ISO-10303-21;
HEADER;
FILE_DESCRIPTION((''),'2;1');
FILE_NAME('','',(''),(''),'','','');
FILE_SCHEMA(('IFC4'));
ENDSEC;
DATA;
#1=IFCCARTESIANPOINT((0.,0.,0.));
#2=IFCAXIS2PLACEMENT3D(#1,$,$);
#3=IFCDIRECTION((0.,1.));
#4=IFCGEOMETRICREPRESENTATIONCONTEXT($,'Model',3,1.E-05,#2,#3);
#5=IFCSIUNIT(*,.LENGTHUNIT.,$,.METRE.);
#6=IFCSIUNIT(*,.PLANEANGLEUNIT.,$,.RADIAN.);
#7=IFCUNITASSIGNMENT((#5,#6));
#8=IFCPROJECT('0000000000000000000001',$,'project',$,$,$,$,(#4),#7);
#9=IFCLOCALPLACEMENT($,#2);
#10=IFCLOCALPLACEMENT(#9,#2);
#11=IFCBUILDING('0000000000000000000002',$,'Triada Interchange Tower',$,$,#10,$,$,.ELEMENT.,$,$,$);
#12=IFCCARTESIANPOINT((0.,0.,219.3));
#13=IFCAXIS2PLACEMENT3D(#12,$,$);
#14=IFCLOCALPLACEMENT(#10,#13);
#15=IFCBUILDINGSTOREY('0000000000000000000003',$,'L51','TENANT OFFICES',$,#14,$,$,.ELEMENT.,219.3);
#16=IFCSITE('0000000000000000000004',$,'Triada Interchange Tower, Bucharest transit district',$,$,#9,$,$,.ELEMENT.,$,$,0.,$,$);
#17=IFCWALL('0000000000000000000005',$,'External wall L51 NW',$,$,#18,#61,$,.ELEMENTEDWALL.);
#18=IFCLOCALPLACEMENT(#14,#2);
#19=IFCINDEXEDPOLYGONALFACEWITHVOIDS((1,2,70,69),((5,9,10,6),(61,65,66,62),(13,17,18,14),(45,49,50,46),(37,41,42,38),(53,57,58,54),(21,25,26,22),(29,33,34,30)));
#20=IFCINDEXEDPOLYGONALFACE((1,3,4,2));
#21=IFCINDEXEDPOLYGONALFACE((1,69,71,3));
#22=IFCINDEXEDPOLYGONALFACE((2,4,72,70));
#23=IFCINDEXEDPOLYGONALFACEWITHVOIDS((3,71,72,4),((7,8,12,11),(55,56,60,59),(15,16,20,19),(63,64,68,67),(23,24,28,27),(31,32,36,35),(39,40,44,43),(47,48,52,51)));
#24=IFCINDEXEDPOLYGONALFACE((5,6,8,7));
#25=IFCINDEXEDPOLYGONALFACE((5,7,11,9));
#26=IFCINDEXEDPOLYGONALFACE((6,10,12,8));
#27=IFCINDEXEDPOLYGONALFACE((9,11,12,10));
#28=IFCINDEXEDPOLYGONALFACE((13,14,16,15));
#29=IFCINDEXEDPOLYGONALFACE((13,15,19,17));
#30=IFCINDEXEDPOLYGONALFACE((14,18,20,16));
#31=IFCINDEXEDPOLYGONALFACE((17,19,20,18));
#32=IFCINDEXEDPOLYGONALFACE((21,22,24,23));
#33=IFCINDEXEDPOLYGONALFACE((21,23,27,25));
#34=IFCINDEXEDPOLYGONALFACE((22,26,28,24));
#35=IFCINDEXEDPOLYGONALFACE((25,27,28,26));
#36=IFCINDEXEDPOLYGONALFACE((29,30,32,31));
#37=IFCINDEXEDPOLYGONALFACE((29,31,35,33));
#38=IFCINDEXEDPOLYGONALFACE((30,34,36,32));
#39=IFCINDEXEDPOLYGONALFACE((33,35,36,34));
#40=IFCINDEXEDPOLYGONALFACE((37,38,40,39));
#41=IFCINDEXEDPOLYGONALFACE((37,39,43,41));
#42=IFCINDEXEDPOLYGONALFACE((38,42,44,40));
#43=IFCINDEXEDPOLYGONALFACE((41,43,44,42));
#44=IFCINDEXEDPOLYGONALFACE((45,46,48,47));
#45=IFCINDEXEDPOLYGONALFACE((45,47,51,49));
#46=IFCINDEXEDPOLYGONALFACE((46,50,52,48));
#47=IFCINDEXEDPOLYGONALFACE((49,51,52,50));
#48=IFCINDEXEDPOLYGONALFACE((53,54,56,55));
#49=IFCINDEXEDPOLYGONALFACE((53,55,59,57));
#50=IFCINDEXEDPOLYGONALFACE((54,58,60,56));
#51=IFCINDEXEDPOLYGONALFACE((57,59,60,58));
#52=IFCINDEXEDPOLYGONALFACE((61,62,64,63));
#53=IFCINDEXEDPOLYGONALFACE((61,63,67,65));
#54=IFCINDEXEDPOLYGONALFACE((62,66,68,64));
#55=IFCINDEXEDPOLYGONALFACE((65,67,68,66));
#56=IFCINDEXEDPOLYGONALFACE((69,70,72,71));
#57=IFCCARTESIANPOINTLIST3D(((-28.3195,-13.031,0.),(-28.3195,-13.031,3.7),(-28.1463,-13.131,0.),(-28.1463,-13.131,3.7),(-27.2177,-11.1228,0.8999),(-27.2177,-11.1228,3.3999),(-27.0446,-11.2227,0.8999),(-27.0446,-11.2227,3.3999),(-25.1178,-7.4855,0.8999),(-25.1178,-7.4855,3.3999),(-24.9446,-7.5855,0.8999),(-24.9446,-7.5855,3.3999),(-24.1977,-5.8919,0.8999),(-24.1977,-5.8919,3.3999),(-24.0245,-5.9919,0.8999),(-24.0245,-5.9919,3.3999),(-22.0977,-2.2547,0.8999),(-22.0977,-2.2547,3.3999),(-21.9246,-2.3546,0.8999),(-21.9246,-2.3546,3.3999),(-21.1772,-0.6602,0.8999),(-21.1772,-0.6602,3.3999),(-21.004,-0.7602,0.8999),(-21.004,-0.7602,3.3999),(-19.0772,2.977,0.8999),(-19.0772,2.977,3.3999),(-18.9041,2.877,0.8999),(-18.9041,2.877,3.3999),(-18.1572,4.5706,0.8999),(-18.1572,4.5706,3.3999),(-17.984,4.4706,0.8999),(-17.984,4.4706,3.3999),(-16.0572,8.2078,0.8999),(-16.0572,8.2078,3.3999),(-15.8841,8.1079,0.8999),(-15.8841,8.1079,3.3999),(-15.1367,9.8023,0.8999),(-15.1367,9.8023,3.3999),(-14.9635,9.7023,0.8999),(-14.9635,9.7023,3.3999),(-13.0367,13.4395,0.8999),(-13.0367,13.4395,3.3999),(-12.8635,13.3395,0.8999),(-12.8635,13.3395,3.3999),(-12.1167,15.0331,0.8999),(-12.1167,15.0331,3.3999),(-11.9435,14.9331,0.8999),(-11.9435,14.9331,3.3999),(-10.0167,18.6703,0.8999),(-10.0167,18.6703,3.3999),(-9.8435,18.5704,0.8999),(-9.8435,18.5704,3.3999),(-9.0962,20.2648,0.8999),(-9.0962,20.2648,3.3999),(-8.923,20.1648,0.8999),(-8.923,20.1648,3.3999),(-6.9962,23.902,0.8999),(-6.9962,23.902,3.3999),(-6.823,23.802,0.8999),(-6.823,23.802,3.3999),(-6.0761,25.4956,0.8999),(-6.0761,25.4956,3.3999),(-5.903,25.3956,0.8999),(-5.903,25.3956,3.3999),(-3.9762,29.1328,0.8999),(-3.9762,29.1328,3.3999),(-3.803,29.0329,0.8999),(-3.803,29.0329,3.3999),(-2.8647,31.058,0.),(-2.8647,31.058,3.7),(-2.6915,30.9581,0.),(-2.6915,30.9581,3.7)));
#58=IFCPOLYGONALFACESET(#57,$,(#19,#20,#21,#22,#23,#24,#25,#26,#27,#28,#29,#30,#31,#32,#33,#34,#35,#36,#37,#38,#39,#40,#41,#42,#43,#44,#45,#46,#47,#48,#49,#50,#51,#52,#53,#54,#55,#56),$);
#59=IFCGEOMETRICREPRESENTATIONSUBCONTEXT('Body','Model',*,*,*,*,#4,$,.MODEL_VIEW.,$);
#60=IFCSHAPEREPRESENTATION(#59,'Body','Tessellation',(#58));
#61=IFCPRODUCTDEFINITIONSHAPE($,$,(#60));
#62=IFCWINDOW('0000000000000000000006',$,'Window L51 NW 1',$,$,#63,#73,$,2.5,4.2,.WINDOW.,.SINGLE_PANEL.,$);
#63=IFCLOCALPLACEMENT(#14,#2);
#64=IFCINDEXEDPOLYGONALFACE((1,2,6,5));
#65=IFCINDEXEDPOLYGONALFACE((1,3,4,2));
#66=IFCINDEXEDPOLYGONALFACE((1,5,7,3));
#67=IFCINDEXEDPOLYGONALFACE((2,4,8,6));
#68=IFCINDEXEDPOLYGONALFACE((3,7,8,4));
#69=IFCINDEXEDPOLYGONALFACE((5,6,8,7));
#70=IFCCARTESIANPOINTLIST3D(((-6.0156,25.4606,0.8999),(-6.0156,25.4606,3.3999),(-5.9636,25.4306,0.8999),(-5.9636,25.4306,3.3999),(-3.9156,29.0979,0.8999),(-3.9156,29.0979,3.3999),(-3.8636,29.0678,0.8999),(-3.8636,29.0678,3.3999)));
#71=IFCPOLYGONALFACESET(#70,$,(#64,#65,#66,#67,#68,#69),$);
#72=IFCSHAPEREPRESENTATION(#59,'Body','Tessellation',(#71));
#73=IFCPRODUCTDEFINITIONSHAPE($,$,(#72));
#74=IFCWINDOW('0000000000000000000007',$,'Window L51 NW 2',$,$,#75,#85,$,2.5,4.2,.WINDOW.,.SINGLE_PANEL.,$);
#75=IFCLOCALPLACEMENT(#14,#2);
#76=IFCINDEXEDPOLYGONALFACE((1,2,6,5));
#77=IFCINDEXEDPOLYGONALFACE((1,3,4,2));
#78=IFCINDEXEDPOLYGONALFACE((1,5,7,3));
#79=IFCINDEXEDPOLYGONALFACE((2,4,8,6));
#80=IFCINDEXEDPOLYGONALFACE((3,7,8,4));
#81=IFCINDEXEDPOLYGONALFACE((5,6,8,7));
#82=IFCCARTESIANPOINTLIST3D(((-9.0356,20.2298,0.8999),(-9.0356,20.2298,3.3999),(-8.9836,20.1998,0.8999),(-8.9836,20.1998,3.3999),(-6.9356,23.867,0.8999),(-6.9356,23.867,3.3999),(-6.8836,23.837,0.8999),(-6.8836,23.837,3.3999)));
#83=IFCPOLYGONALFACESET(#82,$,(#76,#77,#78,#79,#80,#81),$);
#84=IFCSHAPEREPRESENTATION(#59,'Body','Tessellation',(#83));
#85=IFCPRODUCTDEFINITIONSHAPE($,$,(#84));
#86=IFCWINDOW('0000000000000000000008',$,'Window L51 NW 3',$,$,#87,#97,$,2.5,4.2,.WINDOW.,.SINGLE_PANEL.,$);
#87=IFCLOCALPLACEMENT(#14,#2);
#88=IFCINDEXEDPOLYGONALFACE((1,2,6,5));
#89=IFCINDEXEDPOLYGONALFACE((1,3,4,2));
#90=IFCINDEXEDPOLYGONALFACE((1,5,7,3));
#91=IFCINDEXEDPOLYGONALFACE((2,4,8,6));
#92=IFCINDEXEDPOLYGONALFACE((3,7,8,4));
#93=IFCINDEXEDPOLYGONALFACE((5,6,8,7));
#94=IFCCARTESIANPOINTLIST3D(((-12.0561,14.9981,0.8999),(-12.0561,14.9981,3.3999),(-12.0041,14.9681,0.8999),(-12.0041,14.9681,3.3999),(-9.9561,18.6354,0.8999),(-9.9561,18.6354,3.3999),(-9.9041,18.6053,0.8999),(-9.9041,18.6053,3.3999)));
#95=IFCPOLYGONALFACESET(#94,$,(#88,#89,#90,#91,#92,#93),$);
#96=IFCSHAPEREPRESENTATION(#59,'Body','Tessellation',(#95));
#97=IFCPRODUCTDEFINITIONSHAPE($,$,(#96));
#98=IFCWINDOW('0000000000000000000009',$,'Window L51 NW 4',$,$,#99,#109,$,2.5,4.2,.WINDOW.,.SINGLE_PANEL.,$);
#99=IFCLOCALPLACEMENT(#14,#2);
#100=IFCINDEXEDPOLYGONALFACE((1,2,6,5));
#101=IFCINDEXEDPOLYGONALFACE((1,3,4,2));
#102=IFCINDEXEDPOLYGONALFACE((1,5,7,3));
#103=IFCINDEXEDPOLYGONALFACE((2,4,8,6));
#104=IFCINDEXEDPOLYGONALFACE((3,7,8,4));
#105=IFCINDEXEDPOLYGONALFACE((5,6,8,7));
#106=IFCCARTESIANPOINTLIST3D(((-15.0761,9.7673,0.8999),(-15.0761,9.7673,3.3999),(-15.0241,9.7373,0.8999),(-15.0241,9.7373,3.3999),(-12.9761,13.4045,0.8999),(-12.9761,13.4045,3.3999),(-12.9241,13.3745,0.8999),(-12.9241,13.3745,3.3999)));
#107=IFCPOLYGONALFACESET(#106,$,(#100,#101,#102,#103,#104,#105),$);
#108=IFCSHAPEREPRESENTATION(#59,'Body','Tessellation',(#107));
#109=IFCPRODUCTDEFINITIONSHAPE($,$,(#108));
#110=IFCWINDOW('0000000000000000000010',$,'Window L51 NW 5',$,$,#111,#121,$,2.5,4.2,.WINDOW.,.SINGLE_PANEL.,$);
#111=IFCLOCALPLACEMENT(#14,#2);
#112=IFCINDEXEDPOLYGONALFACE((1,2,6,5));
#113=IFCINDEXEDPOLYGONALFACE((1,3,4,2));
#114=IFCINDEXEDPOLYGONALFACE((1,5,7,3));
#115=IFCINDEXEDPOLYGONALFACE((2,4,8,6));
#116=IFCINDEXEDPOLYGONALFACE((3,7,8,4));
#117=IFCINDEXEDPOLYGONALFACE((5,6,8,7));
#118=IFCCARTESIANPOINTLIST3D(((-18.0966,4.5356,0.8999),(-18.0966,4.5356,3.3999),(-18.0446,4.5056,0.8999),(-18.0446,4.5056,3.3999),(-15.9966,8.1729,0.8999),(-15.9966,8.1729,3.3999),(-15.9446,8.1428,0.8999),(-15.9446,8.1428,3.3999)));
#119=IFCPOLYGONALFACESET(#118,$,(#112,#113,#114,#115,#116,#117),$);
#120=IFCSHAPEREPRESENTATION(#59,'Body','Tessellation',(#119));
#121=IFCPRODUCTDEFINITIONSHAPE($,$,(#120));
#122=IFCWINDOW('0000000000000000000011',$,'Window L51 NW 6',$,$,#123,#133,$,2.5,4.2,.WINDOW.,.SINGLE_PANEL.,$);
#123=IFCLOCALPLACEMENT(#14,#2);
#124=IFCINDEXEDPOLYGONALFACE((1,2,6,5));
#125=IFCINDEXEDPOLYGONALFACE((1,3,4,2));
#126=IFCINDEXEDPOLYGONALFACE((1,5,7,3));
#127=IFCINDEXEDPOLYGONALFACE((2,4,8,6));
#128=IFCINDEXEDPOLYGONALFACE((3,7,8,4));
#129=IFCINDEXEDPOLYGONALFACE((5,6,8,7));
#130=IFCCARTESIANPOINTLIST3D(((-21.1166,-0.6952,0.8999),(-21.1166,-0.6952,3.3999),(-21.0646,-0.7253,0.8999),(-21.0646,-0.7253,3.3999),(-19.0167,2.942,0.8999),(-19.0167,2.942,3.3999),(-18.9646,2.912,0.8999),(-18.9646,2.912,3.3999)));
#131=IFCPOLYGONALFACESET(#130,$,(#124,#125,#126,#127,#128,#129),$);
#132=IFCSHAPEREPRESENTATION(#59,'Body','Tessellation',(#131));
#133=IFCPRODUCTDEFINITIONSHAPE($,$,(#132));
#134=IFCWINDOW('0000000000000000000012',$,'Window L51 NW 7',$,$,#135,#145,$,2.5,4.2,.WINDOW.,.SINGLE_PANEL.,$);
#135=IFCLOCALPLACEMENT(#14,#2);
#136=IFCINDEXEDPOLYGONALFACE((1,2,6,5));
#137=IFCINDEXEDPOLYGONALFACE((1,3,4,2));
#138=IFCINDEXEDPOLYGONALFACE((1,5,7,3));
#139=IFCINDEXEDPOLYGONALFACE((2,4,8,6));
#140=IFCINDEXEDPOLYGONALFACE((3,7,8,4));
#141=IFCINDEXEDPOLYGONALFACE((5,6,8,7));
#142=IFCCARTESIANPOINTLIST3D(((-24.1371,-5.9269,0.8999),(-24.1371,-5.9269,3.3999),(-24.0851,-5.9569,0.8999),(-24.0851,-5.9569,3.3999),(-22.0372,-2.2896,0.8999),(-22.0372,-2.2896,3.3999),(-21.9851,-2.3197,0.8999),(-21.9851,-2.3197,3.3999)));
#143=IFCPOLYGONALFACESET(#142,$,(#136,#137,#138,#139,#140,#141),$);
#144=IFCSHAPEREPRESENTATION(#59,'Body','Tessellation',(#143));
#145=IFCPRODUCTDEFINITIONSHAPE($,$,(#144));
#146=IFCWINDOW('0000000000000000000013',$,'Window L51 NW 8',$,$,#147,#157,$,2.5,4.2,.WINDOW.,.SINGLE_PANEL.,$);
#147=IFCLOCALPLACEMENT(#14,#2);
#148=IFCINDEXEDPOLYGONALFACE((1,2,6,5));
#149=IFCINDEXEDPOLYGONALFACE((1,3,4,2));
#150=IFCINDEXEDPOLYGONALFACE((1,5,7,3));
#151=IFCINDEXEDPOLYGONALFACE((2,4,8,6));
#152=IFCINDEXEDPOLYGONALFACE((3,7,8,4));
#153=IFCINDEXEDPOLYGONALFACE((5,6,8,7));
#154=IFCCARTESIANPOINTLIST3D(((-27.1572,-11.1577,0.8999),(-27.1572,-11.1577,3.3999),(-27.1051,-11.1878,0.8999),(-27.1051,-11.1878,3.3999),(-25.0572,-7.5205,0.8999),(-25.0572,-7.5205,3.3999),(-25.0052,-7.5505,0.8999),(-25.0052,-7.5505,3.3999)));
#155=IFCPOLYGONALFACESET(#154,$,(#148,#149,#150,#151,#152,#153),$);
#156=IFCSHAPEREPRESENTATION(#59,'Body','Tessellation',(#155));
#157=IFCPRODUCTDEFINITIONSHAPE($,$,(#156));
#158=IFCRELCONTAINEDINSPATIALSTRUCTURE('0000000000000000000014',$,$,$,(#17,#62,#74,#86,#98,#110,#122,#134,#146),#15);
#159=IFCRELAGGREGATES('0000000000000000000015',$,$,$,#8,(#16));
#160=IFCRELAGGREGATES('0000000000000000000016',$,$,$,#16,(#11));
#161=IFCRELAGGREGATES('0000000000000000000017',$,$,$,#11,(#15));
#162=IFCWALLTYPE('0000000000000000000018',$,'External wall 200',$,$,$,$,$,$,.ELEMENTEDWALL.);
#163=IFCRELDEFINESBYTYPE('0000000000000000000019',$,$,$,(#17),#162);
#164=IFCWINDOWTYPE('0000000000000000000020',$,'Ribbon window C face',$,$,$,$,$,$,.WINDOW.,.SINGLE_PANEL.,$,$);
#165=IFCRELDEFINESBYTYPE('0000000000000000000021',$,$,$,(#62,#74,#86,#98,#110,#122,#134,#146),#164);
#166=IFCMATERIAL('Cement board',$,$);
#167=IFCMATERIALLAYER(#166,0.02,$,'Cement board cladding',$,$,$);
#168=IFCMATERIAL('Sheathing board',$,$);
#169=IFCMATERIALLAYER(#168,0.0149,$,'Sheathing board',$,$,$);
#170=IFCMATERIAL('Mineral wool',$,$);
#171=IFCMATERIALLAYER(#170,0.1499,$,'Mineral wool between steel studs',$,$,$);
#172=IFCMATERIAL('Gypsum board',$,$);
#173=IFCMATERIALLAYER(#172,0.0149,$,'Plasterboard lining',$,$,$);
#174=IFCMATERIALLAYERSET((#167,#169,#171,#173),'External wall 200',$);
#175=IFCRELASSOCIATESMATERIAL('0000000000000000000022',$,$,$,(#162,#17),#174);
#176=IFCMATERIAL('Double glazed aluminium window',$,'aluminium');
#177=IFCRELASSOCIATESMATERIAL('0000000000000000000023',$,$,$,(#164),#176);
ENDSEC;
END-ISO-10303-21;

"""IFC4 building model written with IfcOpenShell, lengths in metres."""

from ifc_helpers import new_model, si_unit, direction, frame, frame_2d, origin, place, context, subcontext, project, spatial, rectangle, extrude, material, layer, layer_set, layer_usage, type_object, element, fill, save


model = new_model("IFC4")

# Units and contexts
model_context = context("Model", 3, precision=1e-05, world=origin(), true_north=direction((0.0, 1.0)))
body_context = subcontext(model_context, "Body", "Model", "MODEL_VIEW")
ifc_project = project(units=[si_unit("LENGTHUNIT", "METRE"), si_unit("PLANEANGLEUNIT", "RADIAN")], contexts=[model_context])

# Site, building, storey
site_placement = place(None, origin())
site = spatial("IfcSite", under=ifc_project, at=site_placement, Name="Triada Interchange Tower, Bucharest transit district", CompositionType="ELEMENT", RefElevation=0.0)
building_placement = place(site_placement, origin())
building = spatial("IfcBuilding", under=site, at=building_placement, Name="Triada Interchange Tower", CompositionType="ELEMENT")
storey_placement = place(building_placement, frame((0.0, 0.0, 219.3)))
storey = spatial("IfcBuildingStorey", under=building, at=storey_placement, Name="L51", Description="TENANT OFFICES", CompositionType="ELEMENT", Elevation=219.3)

# Wall, openings, windows
ifc_material_1 = material(Name="Cement board")
ifc_layer_1 = layer(ifc_material_1, 0.02, Name="Cement board cladding")
ifc_material_2 = material(Name="Sheathing board")
ifc_layer_2 = layer(ifc_material_2, 0.0149, Name="Sheathing board")
ifc_material_3 = material(Name="Mineral wool")
ifc_layer_3 = layer(ifc_material_3, 0.1499, Name="Mineral wool between steel studs")
ifc_material_4 = material(Name="Gypsum board")
ifc_layer_4 = layer(ifc_material_4, 0.0149, Name="Plasterboard lining")
ifc_layer_set_1 = layer_set([ifc_layer_1, ifc_layer_2, ifc_layer_3, ifc_layer_4], Name="External wall 200")
ifc_layer_usage = layer_usage(ifc_layer_set_1, "AXIS2", "POSITIVE", -0.1001)
wall_type_1 = type_object("IfcWallType", Name="External wall 200", PredefinedType="ELEMENTEDWALL", material=ifc_layer_set_1)
wall_1_placement = place(storey_placement, frame((-2.7781, 31.0081, 0.0), z_axis=(0.0, 0.0, 1.0), x_axis=(-0.5, -0.866026, 0.0)))
wall_1 = element("IfcWall", 1, at=wall_1_placement, inside=storey, type_object=wall_type_1, material=ifc_layer_usage, Name="External wall L51 NW", PredefinedType="ELEMENTEDWALL", context=body_context, shape_type="SweptSolid", body=[
    extrude(rectangle(XDim=50.9097, YDim=0.2, at=frame_2d((25.4548, 0.0))), origin(), (0.0, 0.0, 1.0), 3.7),
])
opening_1_placement = place(wall_1_placement, frame((2.2229, 0.0, 0.8999)))
opening_1 = element("IfcOpeningElement", 2, at=opening_1_placement, cuts=wall_1, PredefinedType="OPENING", context=body_context, shape_type="SweptSolid", body=[
    extrude(rectangle(XDim=4.2, YDim=2.5, at=frame_2d((2.1001, 1.25))), frame((0.0, 0.1099, 0.0), z_axis=(0.0, -1.0, 0.0), x_axis=(1.0, 0.0, 0.0)), (0.0, 0.0, 1.0), 0.22),
])
opening_2_placement = place(wall_1_placement, frame((8.2629, 0.0, 0.8999)))
opening_2 = element("IfcOpeningElement", 3, at=opening_2_placement, cuts=wall_1, PredefinedType="OPENING", context=body_context, shape_type="SweptSolid", body=[
    extrude(rectangle(XDim=4.2, YDim=2.5, at=frame_2d((2.1001, 1.25))), frame((0.0, 0.1099, 0.0), z_axis=(0.0, -1.0, 0.0), x_axis=(1.0, 0.0, 0.0)), (0.0, 0.0, 1.0), 0.22),
])
opening_3_placement = place(wall_1_placement, frame((14.304, 0.0, 0.8999)))
opening_3 = element("IfcOpeningElement", 4, at=opening_3_placement, cuts=wall_1, PredefinedType="OPENING", context=body_context, shape_type="SweptSolid", body=[
    extrude(rectangle(XDim=4.2, YDim=2.5, at=frame_2d((2.1001, 1.25))), frame((0.0, 0.1099, 0.0), z_axis=(0.0, -1.0, 0.0), x_axis=(1.0, 0.0, 0.0)), (0.0, 0.0, 1.0), 0.22),
])
opening_4_placement = place(wall_1_placement, frame((20.344, 0.0, 0.8999)))
opening_4 = element("IfcOpeningElement", 5, at=opening_4_placement, cuts=wall_1, PredefinedType="OPENING", context=body_context, shape_type="SweptSolid", body=[
    extrude(rectangle(XDim=4.2, YDim=2.5, at=frame_2d((2.1001, 1.25))), frame((0.0, 0.1099, 0.0), z_axis=(0.0, -1.0, 0.0), x_axis=(1.0, 0.0, 0.0)), (0.0, 0.0, 1.0), 0.22),
])
opening_5_placement = place(wall_1_placement, frame((26.385, 0.0, 0.8999)))
opening_5 = element("IfcOpeningElement", 6, at=opening_5_placement, cuts=wall_1, PredefinedType="OPENING", context=body_context, shape_type="SweptSolid", body=[
    extrude(rectangle(XDim=4.2, YDim=2.5, at=frame_2d((2.1001, 1.25))), frame((0.0, 0.1099, 0.0), z_axis=(0.0, -1.0, 0.0), x_axis=(1.0, 0.0, 0.0)), (0.0, 0.0, 1.0), 0.22),
])
opening_6_placement = place(wall_1_placement, frame((32.425, 0.0, 0.8999)))
opening_6 = element("IfcOpeningElement", 7, at=opening_6_placement, cuts=wall_1, PredefinedType="OPENING", context=body_context, shape_type="SweptSolid", body=[
    extrude(rectangle(XDim=4.2, YDim=2.5, at=frame_2d((2.1001, 1.25))), frame((0.0, 0.1099, 0.0), z_axis=(0.0, -1.0, 0.0), x_axis=(1.0, 0.0, 0.0)), (0.0, 0.0, 1.0), 0.22),
])
opening_7_placement = place(wall_1_placement, frame((38.4661, 0.0, 0.8999)))
opening_7 = element("IfcOpeningElement", 8, at=opening_7_placement, cuts=wall_1, PredefinedType="OPENING", context=body_context, shape_type="SweptSolid", body=[
    extrude(rectangle(XDim=4.2, YDim=2.5, at=frame_2d((2.1001, 1.25))), frame((0.0, 0.1099, 0.0), z_axis=(0.0, -1.0, 0.0), x_axis=(1.0, 0.0, 0.0)), (0.0, 0.0, 1.0), 0.22),
])
opening_8_placement = place(wall_1_placement, frame((44.5061, 0.0, 0.8999)))
opening_8 = element("IfcOpeningElement", 9, at=opening_8_placement, cuts=wall_1, PredefinedType="OPENING", context=body_context, shape_type="SweptSolid", body=[
    extrude(rectangle(XDim=4.2, YDim=2.5, at=frame_2d((2.1001, 1.25))), frame((0.0, 0.1099, 0.0), z_axis=(0.0, -1.0, 0.0), x_axis=(1.0, 0.0, 0.0)), (0.0, 0.0, 1.0), 0.22),
])
ifc_material_5 = material(Name="Double glazed aluminium window", Category="aluminium")
window_type = type_object("IfcWindowType", Name="Ribbon window C face", PartitioningType="SINGLE_PANEL", PredefinedType="WINDOW", material=ifc_material_5)
window_1_placement = place(opening_1_placement, origin())
window_1 = element("IfcWindow", 10, at=window_1_placement, inside=storey, type_object=window_type, Name="Window L51 NW 1", OverallHeight=2.5, OverallWidth=4.2, PartitioningType="SINGLE_PANEL", PredefinedType="WINDOW", context=body_context, shape_type="SweptSolid", body=[
    extrude(rectangle(XDim=4.2, YDim=2.5, at=frame_2d((2.1001, 1.25))), frame((0.0, 0.03, 0.0), z_axis=(0.0, -1.0, 0.0), x_axis=(1.0, 0.0, 0.0)), (0.0, 0.0, 1.0), 0.0601),
])
fill(opening_1, window_1)
window_2_placement = place(opening_2_placement, origin())
window_2 = element("IfcWindow", 11, at=window_2_placement, inside=storey, type_object=window_type, Name="Window L51 NW 2", OverallHeight=2.5, OverallWidth=4.2, PartitioningType="SINGLE_PANEL", PredefinedType="WINDOW", context=body_context, shape_type="SweptSolid", body=[
    extrude(rectangle(XDim=4.2, YDim=2.5, at=frame_2d((2.1001, 1.25))), frame((0.0, 0.03, 0.0), z_axis=(0.0, -1.0, 0.0), x_axis=(1.0, 0.0, 0.0)), (0.0, 0.0, 1.0), 0.0601),
])
fill(opening_2, window_2)
window_3_placement = place(opening_3_placement, origin())
window_3 = element("IfcWindow", 12, at=window_3_placement, inside=storey, type_object=window_type, Name="Window L51 NW 3", OverallHeight=2.5, OverallWidth=4.2, PartitioningType="SINGLE_PANEL", PredefinedType="WINDOW", context=body_context, shape_type="SweptSolid", body=[
    extrude(rectangle(XDim=4.2, YDim=2.5, at=frame_2d((2.1001, 1.25))), frame((0.0, 0.03, 0.0), z_axis=(0.0, -1.0, 0.0), x_axis=(1.0, 0.0, 0.0)), (0.0, 0.0, 1.0), 0.0601),
])
fill(opening_3, window_3)
window_4_placement = place(opening_4_placement, origin())
window_4 = element("IfcWindow", 13, at=window_4_placement, inside=storey, type_object=window_type, Name="Window L51 NW 4", OverallHeight=2.5, OverallWidth=4.2, PartitioningType="SINGLE_PANEL", PredefinedType="WINDOW", context=body_context, shape_type="SweptSolid", body=[
    extrude(rectangle(XDim=4.2, YDim=2.5, at=frame_2d((2.1001, 1.25))), frame((0.0, 0.03, 0.0), z_axis=(0.0, -1.0, 0.0), x_axis=(1.0, 0.0, 0.0)), (0.0, 0.0, 1.0), 0.0601),
])
fill(opening_4, window_4)
window_5_placement = place(opening_5_placement, origin())
window_5 = element("IfcWindow", 14, at=window_5_placement, inside=storey, type_object=window_type, Name="Window L51 NW 5", OverallHeight=2.5, OverallWidth=4.2, PartitioningType="SINGLE_PANEL", PredefinedType="WINDOW", context=body_context, shape_type="SweptSolid", body=[
    extrude(rectangle(XDim=4.2, YDim=2.5, at=frame_2d((2.1001, 1.25))), frame((0.0, 0.03, 0.0), z_axis=(0.0, -1.0, 0.0), x_axis=(1.0, 0.0, 0.0)), (0.0, 0.0, 1.0), 0.0601),
])
fill(opening_5, window_5)
window_6_placement = place(opening_6_placement, origin())
window_6 = element("IfcWindow", 15, at=window_6_placement, inside=storey, type_object=window_type, Name="Window L51 NW 6", OverallHeight=2.5, OverallWidth=4.2, PartitioningType="SINGLE_PANEL", PredefinedType="WINDOW", context=body_context, shape_type="SweptSolid", body=[
    extrude(rectangle(XDim=4.2, YDim=2.5, at=frame_2d((2.1001, 1.25))), frame((0.0, 0.03, 0.0), z_axis=(0.0, -1.0, 0.0), x_axis=(1.0, 0.0, 0.0)), (0.0, 0.0, 1.0), 0.0601),
])
fill(opening_6, window_6)
window_7_placement = place(opening_7_placement, origin())
window_7 = element("IfcWindow", 16, at=window_7_placement, inside=storey, type_object=window_type, Name="Window L51 NW 7", OverallHeight=2.5, OverallWidth=4.2, PartitioningType="SINGLE_PANEL", PredefinedType="WINDOW", context=body_context, shape_type="SweptSolid", body=[
    extrude(rectangle(XDim=4.2, YDim=2.5, at=frame_2d((2.1001, 1.25))), frame((0.0, 0.03, 0.0), z_axis=(0.0, -1.0, 0.0), x_axis=(1.0, 0.0, 0.0)), (0.0, 0.0, 1.0), 0.0601),
])
fill(opening_7, window_7)
window_8_placement = place(opening_8_placement, origin())
window_8 = element("IfcWindow", 17, at=window_8_placement, inside=storey, type_object=window_type, Name="Window L51 NW 8", OverallHeight=2.5, OverallWidth=4.2, PartitioningType="SINGLE_PANEL", PredefinedType="WINDOW", context=body_context, shape_type="SweptSolid", body=[
    extrude(rectangle(XDim=4.2, YDim=2.5, at=frame_2d((2.1001, 1.25))), frame((0.0, 0.03, 0.0), z_axis=(0.0, -1.0, 0.0), x_axis=(1.0, 0.0, 0.0)), (0.0, 0.0, 1.0), 0.0601),
])
fill(opening_8, window_8)

save(model, "model.ifc")
